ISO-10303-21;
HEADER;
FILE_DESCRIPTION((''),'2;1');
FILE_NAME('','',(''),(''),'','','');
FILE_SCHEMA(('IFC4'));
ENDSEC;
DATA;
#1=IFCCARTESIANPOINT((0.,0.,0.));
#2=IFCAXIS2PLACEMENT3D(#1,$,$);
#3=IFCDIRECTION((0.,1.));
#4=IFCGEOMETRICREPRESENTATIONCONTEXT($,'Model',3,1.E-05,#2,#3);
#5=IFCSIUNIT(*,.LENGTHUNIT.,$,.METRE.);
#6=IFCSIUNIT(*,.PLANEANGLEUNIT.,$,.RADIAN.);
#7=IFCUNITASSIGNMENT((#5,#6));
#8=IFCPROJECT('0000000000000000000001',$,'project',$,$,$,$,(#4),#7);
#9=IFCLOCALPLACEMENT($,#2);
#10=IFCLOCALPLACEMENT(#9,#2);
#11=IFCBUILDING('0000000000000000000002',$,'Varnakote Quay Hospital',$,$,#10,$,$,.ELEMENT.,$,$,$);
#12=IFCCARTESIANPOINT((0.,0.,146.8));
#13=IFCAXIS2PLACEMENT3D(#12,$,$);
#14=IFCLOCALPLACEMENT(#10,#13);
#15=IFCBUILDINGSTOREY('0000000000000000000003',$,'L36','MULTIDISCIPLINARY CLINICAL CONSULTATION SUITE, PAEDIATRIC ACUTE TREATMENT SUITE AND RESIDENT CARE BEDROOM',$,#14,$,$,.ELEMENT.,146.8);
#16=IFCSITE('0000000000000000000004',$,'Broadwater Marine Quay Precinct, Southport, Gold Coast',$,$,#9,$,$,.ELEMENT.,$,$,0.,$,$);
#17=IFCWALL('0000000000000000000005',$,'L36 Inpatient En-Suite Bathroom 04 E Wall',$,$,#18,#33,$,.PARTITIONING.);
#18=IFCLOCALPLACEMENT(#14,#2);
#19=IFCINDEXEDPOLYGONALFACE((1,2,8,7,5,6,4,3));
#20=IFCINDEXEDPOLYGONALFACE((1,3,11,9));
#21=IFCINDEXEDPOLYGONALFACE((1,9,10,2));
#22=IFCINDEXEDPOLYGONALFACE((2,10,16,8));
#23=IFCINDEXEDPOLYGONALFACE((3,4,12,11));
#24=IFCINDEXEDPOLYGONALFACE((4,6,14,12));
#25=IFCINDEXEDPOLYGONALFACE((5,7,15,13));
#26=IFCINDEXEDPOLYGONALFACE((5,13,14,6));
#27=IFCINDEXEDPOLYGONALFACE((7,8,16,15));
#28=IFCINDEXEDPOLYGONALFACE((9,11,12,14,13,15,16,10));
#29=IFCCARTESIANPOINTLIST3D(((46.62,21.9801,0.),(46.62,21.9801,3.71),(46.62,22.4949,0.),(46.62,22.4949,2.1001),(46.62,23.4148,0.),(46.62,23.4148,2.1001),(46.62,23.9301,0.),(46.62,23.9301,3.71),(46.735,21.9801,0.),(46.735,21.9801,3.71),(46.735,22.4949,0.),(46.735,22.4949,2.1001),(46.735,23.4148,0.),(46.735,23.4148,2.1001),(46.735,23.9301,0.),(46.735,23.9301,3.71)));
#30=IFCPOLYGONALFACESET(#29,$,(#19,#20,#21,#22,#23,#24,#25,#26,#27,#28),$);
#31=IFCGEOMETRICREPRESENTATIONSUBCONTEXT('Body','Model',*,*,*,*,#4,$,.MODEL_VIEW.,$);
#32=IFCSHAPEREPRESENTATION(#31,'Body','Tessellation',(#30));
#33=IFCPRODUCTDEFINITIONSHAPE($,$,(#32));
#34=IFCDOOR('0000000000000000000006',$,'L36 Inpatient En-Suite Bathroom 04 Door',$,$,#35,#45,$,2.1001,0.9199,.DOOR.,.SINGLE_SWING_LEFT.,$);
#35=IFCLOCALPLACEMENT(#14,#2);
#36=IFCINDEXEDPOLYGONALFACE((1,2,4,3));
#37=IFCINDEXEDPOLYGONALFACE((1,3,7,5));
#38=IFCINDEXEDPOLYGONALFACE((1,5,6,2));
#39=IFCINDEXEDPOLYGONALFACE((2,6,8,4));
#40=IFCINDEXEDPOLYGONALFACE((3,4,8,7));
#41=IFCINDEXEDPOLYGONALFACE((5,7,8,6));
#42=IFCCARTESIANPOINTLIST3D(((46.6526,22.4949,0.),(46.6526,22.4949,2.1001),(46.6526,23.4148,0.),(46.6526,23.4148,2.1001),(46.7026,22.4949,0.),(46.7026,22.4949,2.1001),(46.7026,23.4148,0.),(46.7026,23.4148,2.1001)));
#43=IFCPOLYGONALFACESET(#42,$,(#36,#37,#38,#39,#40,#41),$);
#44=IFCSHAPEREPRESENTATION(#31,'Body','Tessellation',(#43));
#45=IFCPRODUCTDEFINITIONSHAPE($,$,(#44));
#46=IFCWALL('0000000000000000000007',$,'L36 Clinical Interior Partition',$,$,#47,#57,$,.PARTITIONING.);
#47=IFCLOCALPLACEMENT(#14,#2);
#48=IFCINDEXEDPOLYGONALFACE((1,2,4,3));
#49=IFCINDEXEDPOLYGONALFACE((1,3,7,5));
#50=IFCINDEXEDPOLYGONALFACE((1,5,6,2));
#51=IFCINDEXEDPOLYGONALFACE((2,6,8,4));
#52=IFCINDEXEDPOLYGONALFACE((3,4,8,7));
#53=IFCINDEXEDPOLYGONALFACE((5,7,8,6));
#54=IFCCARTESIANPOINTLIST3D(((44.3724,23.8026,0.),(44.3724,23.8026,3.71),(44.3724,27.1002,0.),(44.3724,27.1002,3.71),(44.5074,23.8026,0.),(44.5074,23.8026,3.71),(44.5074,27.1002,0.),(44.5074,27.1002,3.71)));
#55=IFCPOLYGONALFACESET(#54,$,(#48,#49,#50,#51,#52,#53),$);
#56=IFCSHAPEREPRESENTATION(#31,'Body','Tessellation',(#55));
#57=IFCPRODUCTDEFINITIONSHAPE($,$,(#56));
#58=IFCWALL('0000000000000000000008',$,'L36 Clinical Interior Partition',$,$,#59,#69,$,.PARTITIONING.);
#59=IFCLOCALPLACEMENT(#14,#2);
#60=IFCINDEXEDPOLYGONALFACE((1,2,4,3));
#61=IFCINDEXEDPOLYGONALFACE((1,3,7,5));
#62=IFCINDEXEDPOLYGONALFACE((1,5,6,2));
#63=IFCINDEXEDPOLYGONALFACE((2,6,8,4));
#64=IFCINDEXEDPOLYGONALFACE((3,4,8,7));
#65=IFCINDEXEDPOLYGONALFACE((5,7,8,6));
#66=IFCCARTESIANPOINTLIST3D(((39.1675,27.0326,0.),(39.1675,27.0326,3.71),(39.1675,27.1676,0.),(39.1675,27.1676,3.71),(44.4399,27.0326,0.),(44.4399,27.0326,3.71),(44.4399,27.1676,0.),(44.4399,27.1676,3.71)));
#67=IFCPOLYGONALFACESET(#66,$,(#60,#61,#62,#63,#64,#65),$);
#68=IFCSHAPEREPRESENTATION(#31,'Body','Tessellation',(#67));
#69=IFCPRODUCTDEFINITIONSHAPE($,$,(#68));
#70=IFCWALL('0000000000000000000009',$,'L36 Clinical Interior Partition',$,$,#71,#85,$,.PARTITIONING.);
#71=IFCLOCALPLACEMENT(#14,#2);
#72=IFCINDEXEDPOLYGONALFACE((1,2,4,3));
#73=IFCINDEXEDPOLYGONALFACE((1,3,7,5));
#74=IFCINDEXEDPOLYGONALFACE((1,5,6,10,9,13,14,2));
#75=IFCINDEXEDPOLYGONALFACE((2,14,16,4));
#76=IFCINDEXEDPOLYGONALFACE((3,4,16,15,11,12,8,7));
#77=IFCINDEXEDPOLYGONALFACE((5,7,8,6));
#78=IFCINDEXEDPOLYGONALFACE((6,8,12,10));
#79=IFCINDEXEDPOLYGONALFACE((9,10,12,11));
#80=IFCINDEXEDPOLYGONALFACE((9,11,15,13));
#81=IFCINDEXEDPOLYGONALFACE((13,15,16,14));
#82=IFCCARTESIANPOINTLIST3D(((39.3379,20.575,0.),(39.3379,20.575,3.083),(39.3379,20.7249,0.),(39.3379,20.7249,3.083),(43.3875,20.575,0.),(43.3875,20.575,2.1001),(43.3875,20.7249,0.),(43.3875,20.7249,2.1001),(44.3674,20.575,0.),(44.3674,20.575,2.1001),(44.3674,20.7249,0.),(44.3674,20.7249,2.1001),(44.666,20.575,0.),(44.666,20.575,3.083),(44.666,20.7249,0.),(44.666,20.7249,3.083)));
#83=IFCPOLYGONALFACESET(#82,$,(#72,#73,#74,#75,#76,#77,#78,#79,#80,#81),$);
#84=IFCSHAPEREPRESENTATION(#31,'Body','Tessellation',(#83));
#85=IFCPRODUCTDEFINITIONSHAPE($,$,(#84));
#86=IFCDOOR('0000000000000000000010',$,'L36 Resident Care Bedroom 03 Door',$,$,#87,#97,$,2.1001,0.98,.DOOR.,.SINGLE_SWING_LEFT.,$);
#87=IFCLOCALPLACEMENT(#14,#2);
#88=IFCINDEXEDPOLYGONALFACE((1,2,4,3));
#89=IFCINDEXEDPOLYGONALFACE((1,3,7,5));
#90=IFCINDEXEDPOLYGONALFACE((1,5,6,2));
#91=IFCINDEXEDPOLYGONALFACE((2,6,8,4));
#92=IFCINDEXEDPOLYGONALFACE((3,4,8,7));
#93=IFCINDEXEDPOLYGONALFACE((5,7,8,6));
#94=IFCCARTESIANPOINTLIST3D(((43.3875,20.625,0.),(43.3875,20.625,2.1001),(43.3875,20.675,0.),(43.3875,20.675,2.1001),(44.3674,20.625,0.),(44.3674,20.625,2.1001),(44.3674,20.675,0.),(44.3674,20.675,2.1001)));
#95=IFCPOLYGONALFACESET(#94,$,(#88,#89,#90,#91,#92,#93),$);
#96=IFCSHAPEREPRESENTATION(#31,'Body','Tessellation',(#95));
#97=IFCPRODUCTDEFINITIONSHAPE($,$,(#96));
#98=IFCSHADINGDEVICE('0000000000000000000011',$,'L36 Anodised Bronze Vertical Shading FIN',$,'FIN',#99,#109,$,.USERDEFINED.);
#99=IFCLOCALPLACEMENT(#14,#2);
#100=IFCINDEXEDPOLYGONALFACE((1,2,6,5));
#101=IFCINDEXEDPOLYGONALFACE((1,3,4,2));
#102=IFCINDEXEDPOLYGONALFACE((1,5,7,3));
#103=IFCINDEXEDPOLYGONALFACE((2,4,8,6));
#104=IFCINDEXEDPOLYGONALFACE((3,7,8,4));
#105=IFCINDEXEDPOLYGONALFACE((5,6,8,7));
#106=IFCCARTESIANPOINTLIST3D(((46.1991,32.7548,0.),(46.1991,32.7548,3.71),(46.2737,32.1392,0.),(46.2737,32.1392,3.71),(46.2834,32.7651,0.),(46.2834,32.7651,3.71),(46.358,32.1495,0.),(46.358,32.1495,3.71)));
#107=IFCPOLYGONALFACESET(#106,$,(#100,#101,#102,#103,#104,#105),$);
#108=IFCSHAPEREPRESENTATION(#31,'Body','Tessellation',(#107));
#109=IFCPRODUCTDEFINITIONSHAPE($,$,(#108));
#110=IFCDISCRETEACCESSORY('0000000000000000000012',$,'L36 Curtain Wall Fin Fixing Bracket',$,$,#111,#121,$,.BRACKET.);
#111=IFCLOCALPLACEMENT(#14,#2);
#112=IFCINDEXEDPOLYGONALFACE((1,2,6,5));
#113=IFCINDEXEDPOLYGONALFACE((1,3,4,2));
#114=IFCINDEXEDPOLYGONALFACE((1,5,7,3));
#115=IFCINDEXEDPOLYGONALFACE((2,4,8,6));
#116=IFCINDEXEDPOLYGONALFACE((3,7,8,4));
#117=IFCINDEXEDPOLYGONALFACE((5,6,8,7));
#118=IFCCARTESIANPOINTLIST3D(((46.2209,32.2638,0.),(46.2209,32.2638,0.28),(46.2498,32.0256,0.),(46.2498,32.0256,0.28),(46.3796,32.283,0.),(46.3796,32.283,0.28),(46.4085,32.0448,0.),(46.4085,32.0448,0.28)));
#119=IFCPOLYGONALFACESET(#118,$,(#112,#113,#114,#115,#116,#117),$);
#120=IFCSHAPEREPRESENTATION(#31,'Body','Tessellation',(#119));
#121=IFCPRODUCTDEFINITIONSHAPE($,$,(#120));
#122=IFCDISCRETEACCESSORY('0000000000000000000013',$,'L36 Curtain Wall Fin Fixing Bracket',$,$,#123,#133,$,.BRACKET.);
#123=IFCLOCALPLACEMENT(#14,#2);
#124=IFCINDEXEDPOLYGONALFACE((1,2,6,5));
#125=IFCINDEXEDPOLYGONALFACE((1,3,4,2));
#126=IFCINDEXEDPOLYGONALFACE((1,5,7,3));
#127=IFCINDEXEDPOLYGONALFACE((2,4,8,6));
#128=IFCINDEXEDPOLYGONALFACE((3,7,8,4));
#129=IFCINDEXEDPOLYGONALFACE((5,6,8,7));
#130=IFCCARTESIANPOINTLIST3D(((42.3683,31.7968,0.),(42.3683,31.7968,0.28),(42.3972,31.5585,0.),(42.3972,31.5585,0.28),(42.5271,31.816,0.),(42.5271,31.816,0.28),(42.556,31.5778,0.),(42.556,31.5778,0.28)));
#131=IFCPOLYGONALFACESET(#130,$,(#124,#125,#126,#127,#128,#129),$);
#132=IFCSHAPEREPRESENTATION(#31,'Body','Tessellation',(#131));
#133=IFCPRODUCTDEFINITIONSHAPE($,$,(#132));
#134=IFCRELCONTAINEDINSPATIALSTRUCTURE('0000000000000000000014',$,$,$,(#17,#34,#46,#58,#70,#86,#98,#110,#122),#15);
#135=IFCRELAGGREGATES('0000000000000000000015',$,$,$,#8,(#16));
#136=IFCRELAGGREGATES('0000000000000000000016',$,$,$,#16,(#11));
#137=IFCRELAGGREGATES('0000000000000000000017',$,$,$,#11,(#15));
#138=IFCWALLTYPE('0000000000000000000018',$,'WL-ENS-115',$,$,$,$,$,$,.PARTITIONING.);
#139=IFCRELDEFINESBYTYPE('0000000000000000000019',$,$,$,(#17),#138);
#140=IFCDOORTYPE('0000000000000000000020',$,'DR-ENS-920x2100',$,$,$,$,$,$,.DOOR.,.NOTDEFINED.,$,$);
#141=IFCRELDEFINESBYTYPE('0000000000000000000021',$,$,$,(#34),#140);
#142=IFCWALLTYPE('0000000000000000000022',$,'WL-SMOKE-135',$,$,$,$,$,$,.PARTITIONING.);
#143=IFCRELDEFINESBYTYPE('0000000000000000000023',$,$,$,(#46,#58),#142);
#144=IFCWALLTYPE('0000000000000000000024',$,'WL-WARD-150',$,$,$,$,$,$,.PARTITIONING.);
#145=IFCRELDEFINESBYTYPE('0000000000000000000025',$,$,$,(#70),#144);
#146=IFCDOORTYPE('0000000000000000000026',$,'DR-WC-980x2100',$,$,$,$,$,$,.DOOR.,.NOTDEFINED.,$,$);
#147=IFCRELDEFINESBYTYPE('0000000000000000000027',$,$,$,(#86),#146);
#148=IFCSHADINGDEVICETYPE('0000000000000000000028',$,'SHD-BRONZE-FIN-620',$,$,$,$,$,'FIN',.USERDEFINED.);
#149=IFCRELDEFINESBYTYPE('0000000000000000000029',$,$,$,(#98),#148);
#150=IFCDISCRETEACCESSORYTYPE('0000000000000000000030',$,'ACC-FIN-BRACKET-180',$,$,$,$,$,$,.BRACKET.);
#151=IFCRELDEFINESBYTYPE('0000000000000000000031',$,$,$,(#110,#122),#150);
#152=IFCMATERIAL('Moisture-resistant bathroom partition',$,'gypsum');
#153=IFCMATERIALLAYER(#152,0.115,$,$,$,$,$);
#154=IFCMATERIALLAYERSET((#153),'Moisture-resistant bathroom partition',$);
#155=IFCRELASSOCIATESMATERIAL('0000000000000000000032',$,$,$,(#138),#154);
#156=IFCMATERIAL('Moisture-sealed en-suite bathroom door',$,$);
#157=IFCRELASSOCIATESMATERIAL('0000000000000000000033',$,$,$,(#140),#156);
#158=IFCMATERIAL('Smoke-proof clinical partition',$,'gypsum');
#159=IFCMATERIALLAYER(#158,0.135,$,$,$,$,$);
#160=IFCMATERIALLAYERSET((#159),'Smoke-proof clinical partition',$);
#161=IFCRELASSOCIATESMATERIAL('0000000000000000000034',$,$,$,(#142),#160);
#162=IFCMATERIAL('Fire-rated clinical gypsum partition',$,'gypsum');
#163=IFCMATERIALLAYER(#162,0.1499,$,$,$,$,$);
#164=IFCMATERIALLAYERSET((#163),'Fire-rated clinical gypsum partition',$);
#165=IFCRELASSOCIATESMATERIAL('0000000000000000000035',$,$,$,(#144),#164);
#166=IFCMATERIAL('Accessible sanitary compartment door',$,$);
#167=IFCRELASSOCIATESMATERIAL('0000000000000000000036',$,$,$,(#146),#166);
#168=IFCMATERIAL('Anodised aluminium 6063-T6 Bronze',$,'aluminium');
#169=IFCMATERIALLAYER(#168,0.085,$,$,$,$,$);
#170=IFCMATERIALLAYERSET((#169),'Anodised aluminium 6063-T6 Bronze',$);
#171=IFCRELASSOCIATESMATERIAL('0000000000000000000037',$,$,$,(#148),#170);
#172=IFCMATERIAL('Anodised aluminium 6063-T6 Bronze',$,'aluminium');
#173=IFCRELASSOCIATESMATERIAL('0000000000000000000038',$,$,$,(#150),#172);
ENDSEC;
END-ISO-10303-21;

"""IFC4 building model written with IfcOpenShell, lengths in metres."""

from ifc_helpers import new_model, si_unit, direction, frame, frame_2d, origin, origin_2d, place, context, subcontext, project, spatial, rectangle, extrude, material, layer, layer_set, type_object, element, fill, save


model = new_model("IFC4")

# Units and contexts
model_context = context("Model", 3, precision=1e-05, world=origin(), true_north=direction((0.0, 1.0)))
body_context = subcontext(model_context, "Body", "Model", "MODEL_VIEW")
ifc_project = project(units=[si_unit("LENGTHUNIT", "METRE"), si_unit("PLANEANGLEUNIT", "RADIAN")], contexts=[model_context])

# Site, building, storey
site_placement = place(None, origin())
site = spatial("IfcSite", under=ifc_project, at=site_placement, Name="Broadwater Marine Quay Precinct, Southport, Gold Coast", CompositionType="ELEMENT", RefElevation=0.0)
building_placement = place(site_placement, origin())
building = spatial("IfcBuilding", under=site, at=building_placement, Name="Varnakote Quay Hospital", CompositionType="ELEMENT")
storey_placement = place(building_placement, frame((0.0, 0.0, 146.8)))
storey = spatial("IfcBuildingStorey", under=building, at=storey_placement, Name="L36", Description="MULTIDISCIPLINARY CLINICAL CONSULTATION SUITE, PAEDIATRIC ACUTE TREATMENT SUITE AND RESIDENT CARE BEDROOM", CompositionType="ELEMENT", Elevation=146.8)

# Shared definitions
ifc_material_1 = material(Name="Moisture-resistant bathroom partition", Category="gypsum")
ifc_layer_1 = layer(ifc_material_1, 0.115)
ifc_layer_set_1 = layer_set([ifc_layer_1], Name="Moisture-resistant bathroom partition")
wall_type_1 = type_object("IfcWallType", Name="WL-ENS-115", PredefinedType="PARTITIONING", material=ifc_layer_set_1)

# Wall, opening, door
wall_1_placement = place(storey_placement, frame((46.6775, 21.98, 0.0), z_axis=(0.0, 0.0, 1.0), x_axis=(0.0, 1.0, 0.0)))
wall_1 = element("IfcWall", 1, at=wall_1_placement, inside=storey, type_object=wall_type_1, Name="L36 Inpatient En-Suite Bathroom 04 E Wall", PredefinedType="PARTITIONING", context=body_context, shape_type="SweptSolid", body=[
    extrude(rectangle(XDim=1.95, YDim=0.115, at=frame_2d((0.9751, 0.0))), origin(), (0.0, 0.0, 1.0), 3.71),
])
opening_1_placement = place(wall_1_placement, frame((0.5149, 0.0, 0.0)))
opening_1 = element("IfcOpeningElement", 2, at=opening_1_placement, cuts=wall_1, PredefinedType="OPENING", context=body_context, shape_type="SweptSolid", body=[
    extrude(rectangle(XDim=0.9199, YDim=2.1001, at=frame_2d((0.46, 1.05))), frame((0.0, 0.0674, 0.0), z_axis=(0.0, -1.0, 0.0), x_axis=(1.0, 0.0, 0.0)), (0.0, 0.0, 1.0), 0.135),
])
ifc_material_2 = material(Name="Moisture-sealed en-suite bathroom door")
door_type_1 = type_object("IfcDoorType", Name="DR-ENS-920x2100", OperationType="NOTDEFINED", PredefinedType="DOOR", material=ifc_material_2)
door_1_placement = place(opening_1_placement, origin())
door_1 = element("IfcDoor", 3, at=door_1_placement, inside=storey, type_object=door_type_1, Name="L36 Inpatient En-Suite Bathroom 04 Door", OperationType="SINGLE_SWING_LEFT", OverallHeight=2.1001, OverallWidth=0.9199, PredefinedType="DOOR", context=body_context, shape_type="SweptSolid", body=[
    extrude(rectangle(XDim=0.9199, YDim=2.1001, at=frame_2d((0.46, 1.05))), frame((0.0, 0.0249, 0.0), z_axis=(0.0, -1.0, 0.0), x_axis=(1.0, 0.0, 0.0)), (0.0, 0.0, 1.0), 0.05),
])
fill(opening_1, door_1)

# Walls
ifc_material_3 = material(Name="Smoke-proof clinical partition", Category="gypsum")
ifc_layer_2 = layer(ifc_material_3, 0.135)
ifc_layer_set_2 = layer_set([ifc_layer_2], Name="Smoke-proof clinical partition")
wall_type_2 = type_object("IfcWallType", Name="WL-SMOKE-135", PredefinedType="PARTITIONING", material=ifc_layer_set_2)
wall_2_placement = place(storey_placement, frame((44.4399, 23.8025, 0.0), z_axis=(0.0, 0.0, 1.0), x_axis=(0.0, 1.0, 0.0)))
element("IfcWall", 4, at=wall_2_placement, inside=storey, type_object=wall_type_2, Name="L36 Clinical Interior Partition", PredefinedType="PARTITIONING", context=body_context, shape_type="SweptSolid", body=[
    extrude(rectangle(XDim=3.2976, YDim=0.135, at=frame_2d((1.6489, 0.0))), origin(), (0.0, 0.0, 1.0), 3.71),
])
wall_3_placement = place(storey_placement, frame((44.4399, 27.1001, 0.0), z_axis=(0.0, 0.0, 1.0), x_axis=(-1.0, 0.0, 0.0)))
element("IfcWall", 5, at=wall_3_placement, inside=storey, type_object=wall_type_2, Name="L36 Clinical Interior Partition", PredefinedType="PARTITIONING", context=body_context, shape_type="SweptSolid", body=[
    extrude(rectangle(XDim=5.2725, YDim=0.135, at=frame_2d((2.6362, 0.0))), origin(), (0.0, 0.0, 1.0), 3.71),
])

# Wall, opening, door
ifc_material_4 = material(Name="Fire-rated clinical gypsum partition", Category="gypsum")
ifc_layer_3 = layer(ifc_material_4, 0.1499)
ifc_layer_set_3 = layer_set([ifc_layer_3], Name="Fire-rated clinical gypsum partition")
wall_type_3 = type_object("IfcWallType", Name="WL-WARD-150", PredefinedType="PARTITIONING", material=ifc_layer_set_3)
wall_4_placement = place(storey_placement, frame((44.666, 20.6499, 0.0), z_axis=(0.0, 0.0, 1.0), x_axis=(-1.0, 0.0, 0.0)))
wall_4 = element("IfcWall", 6, at=wall_4_placement, inside=storey, type_object=wall_type_3, Name="L36 Clinical Interior Partition", PredefinedType="PARTITIONING", context=body_context, shape_type="SweptSolid", body=[
    extrude(rectangle(XDim=5.3281, YDim=0.1499, at=frame_2d((2.6641, 0.0))), origin(), (0.0, 0.0, 1.0), 3.083),
])
opening_2_placement = place(wall_4_placement, frame((0.2986, 0.0, 0.0)))
opening_2 = element("IfcOpeningElement", 7, at=opening_2_placement, cuts=wall_4, PredefinedType="OPENING", context=body_context, shape_type="SweptSolid", body=[
    extrude(rectangle(XDim=0.98, YDim=2.1001, at=frame_2d((0.49, 1.05))), frame((0.0, 0.085, 0.0), z_axis=(0.0, -1.0, 0.0), x_axis=(1.0, 0.0, 0.0)), (0.0, 0.0, 1.0), 0.1699),
])
ifc_material_5 = material(Name="Accessible sanitary compartment door")
door_type_2 = type_object("IfcDoorType", Name="DR-WC-980x2100", OperationType="NOTDEFINED", PredefinedType="DOOR", material=ifc_material_5)
door_2_placement = place(opening_2_placement, origin())
door_2 = element("IfcDoor", 8, at=door_2_placement, inside=storey, type_object=door_type_2, Name="L36 Resident Care Bedroom 03 Door", OperationType="SINGLE_SWING_LEFT", OverallHeight=2.1001, OverallWidth=0.98, PredefinedType="DOOR", context=body_context, shape_type="SweptSolid", body=[
    extrude(rectangle(XDim=0.98, YDim=2.1001, at=frame_2d((0.49, 1.05))), frame((0.0, 0.0249, 0.0), z_axis=(0.0, -1.0, 0.0), x_axis=(1.0, 0.0, 0.0)), (0.0, 0.0, 1.0), 0.05),
])
fill(opening_2, door_2)

# Shading device
ifc_material_6 = material(Name="Anodised aluminium 6063-T6 Bronze", Category="aluminium")
ifc_layer_4 = layer(ifc_material_6, 0.085)
ifc_layer_set_4 = layer_set([ifc_layer_4], Name="Anodised aluminium 6063-T6 Bronze")
shading_device_type = type_object("IfcShadingDeviceType", Name="SHD-BRONZE-FIN-620", ElementType="FIN", PredefinedType="USERDEFINED", material=ifc_layer_set_4)
shading_device_placement = place(storey_placement, frame((46.2786, 32.4521, 0.0), z_axis=(0.0, 0.0, 1.0), x_axis=(0.12031, -0.992736, 0.0)))
element("IfcShadingDevice", 9, at=shading_device_placement, inside=storey, type_object=shading_device_type, Name="L36 Anodised Bronze Vertical Shading FIN", ObjectType="FIN", PredefinedType="USERDEFINED", context=body_context, shape_type="SweptSolid", body=[
    extrude(rectangle(XDim=0.6201, YDim=0.085, at=origin_2d()), origin(), (0.0, 0.0, 1.0), 3.71),
])

# Discrete accessories
ifc_material_7 = material(Name="Anodised aluminium 6063-T6 Bronze", Category="aluminium")
discrete_accessory_type = type_object("IfcDiscreteAccessoryType", Name="ACC-FIN-BRACKET-180", PredefinedType="BRACKET", material=ifc_material_7)
for number, where, z_axis, x_axis, name in (
    (10, (46.3147, 32.1543, 0.0), (0.0, 0.0, 1.0), (-0.992736, -0.12031, 0.0), "L36 Curtain Wall Fin Fixing Bracket"),
    (11, (42.4622, 31.6873, 0.0), (0.0, 0.0, 1.0), (-0.992736, -0.12031, 0.0), "L36 Curtain Wall Fin Fixing Bracket"),
):
    element("IfcDiscreteAccessory", number, at=place(storey_placement, frame(where, z_axis=z_axis, x_axis=x_axis)), inside=storey, type_object=discrete_accessory_type, Name=name, PredefinedType="BRACKET", context=body_context, shape_type="SweptSolid", body=[
        extrude(rectangle(XDim=0.1599, YDim=0.24, at=origin_2d()), origin(), (0.0, 0.0, 1.0), 0.28),
    ])

save(model, "model.ifc")
